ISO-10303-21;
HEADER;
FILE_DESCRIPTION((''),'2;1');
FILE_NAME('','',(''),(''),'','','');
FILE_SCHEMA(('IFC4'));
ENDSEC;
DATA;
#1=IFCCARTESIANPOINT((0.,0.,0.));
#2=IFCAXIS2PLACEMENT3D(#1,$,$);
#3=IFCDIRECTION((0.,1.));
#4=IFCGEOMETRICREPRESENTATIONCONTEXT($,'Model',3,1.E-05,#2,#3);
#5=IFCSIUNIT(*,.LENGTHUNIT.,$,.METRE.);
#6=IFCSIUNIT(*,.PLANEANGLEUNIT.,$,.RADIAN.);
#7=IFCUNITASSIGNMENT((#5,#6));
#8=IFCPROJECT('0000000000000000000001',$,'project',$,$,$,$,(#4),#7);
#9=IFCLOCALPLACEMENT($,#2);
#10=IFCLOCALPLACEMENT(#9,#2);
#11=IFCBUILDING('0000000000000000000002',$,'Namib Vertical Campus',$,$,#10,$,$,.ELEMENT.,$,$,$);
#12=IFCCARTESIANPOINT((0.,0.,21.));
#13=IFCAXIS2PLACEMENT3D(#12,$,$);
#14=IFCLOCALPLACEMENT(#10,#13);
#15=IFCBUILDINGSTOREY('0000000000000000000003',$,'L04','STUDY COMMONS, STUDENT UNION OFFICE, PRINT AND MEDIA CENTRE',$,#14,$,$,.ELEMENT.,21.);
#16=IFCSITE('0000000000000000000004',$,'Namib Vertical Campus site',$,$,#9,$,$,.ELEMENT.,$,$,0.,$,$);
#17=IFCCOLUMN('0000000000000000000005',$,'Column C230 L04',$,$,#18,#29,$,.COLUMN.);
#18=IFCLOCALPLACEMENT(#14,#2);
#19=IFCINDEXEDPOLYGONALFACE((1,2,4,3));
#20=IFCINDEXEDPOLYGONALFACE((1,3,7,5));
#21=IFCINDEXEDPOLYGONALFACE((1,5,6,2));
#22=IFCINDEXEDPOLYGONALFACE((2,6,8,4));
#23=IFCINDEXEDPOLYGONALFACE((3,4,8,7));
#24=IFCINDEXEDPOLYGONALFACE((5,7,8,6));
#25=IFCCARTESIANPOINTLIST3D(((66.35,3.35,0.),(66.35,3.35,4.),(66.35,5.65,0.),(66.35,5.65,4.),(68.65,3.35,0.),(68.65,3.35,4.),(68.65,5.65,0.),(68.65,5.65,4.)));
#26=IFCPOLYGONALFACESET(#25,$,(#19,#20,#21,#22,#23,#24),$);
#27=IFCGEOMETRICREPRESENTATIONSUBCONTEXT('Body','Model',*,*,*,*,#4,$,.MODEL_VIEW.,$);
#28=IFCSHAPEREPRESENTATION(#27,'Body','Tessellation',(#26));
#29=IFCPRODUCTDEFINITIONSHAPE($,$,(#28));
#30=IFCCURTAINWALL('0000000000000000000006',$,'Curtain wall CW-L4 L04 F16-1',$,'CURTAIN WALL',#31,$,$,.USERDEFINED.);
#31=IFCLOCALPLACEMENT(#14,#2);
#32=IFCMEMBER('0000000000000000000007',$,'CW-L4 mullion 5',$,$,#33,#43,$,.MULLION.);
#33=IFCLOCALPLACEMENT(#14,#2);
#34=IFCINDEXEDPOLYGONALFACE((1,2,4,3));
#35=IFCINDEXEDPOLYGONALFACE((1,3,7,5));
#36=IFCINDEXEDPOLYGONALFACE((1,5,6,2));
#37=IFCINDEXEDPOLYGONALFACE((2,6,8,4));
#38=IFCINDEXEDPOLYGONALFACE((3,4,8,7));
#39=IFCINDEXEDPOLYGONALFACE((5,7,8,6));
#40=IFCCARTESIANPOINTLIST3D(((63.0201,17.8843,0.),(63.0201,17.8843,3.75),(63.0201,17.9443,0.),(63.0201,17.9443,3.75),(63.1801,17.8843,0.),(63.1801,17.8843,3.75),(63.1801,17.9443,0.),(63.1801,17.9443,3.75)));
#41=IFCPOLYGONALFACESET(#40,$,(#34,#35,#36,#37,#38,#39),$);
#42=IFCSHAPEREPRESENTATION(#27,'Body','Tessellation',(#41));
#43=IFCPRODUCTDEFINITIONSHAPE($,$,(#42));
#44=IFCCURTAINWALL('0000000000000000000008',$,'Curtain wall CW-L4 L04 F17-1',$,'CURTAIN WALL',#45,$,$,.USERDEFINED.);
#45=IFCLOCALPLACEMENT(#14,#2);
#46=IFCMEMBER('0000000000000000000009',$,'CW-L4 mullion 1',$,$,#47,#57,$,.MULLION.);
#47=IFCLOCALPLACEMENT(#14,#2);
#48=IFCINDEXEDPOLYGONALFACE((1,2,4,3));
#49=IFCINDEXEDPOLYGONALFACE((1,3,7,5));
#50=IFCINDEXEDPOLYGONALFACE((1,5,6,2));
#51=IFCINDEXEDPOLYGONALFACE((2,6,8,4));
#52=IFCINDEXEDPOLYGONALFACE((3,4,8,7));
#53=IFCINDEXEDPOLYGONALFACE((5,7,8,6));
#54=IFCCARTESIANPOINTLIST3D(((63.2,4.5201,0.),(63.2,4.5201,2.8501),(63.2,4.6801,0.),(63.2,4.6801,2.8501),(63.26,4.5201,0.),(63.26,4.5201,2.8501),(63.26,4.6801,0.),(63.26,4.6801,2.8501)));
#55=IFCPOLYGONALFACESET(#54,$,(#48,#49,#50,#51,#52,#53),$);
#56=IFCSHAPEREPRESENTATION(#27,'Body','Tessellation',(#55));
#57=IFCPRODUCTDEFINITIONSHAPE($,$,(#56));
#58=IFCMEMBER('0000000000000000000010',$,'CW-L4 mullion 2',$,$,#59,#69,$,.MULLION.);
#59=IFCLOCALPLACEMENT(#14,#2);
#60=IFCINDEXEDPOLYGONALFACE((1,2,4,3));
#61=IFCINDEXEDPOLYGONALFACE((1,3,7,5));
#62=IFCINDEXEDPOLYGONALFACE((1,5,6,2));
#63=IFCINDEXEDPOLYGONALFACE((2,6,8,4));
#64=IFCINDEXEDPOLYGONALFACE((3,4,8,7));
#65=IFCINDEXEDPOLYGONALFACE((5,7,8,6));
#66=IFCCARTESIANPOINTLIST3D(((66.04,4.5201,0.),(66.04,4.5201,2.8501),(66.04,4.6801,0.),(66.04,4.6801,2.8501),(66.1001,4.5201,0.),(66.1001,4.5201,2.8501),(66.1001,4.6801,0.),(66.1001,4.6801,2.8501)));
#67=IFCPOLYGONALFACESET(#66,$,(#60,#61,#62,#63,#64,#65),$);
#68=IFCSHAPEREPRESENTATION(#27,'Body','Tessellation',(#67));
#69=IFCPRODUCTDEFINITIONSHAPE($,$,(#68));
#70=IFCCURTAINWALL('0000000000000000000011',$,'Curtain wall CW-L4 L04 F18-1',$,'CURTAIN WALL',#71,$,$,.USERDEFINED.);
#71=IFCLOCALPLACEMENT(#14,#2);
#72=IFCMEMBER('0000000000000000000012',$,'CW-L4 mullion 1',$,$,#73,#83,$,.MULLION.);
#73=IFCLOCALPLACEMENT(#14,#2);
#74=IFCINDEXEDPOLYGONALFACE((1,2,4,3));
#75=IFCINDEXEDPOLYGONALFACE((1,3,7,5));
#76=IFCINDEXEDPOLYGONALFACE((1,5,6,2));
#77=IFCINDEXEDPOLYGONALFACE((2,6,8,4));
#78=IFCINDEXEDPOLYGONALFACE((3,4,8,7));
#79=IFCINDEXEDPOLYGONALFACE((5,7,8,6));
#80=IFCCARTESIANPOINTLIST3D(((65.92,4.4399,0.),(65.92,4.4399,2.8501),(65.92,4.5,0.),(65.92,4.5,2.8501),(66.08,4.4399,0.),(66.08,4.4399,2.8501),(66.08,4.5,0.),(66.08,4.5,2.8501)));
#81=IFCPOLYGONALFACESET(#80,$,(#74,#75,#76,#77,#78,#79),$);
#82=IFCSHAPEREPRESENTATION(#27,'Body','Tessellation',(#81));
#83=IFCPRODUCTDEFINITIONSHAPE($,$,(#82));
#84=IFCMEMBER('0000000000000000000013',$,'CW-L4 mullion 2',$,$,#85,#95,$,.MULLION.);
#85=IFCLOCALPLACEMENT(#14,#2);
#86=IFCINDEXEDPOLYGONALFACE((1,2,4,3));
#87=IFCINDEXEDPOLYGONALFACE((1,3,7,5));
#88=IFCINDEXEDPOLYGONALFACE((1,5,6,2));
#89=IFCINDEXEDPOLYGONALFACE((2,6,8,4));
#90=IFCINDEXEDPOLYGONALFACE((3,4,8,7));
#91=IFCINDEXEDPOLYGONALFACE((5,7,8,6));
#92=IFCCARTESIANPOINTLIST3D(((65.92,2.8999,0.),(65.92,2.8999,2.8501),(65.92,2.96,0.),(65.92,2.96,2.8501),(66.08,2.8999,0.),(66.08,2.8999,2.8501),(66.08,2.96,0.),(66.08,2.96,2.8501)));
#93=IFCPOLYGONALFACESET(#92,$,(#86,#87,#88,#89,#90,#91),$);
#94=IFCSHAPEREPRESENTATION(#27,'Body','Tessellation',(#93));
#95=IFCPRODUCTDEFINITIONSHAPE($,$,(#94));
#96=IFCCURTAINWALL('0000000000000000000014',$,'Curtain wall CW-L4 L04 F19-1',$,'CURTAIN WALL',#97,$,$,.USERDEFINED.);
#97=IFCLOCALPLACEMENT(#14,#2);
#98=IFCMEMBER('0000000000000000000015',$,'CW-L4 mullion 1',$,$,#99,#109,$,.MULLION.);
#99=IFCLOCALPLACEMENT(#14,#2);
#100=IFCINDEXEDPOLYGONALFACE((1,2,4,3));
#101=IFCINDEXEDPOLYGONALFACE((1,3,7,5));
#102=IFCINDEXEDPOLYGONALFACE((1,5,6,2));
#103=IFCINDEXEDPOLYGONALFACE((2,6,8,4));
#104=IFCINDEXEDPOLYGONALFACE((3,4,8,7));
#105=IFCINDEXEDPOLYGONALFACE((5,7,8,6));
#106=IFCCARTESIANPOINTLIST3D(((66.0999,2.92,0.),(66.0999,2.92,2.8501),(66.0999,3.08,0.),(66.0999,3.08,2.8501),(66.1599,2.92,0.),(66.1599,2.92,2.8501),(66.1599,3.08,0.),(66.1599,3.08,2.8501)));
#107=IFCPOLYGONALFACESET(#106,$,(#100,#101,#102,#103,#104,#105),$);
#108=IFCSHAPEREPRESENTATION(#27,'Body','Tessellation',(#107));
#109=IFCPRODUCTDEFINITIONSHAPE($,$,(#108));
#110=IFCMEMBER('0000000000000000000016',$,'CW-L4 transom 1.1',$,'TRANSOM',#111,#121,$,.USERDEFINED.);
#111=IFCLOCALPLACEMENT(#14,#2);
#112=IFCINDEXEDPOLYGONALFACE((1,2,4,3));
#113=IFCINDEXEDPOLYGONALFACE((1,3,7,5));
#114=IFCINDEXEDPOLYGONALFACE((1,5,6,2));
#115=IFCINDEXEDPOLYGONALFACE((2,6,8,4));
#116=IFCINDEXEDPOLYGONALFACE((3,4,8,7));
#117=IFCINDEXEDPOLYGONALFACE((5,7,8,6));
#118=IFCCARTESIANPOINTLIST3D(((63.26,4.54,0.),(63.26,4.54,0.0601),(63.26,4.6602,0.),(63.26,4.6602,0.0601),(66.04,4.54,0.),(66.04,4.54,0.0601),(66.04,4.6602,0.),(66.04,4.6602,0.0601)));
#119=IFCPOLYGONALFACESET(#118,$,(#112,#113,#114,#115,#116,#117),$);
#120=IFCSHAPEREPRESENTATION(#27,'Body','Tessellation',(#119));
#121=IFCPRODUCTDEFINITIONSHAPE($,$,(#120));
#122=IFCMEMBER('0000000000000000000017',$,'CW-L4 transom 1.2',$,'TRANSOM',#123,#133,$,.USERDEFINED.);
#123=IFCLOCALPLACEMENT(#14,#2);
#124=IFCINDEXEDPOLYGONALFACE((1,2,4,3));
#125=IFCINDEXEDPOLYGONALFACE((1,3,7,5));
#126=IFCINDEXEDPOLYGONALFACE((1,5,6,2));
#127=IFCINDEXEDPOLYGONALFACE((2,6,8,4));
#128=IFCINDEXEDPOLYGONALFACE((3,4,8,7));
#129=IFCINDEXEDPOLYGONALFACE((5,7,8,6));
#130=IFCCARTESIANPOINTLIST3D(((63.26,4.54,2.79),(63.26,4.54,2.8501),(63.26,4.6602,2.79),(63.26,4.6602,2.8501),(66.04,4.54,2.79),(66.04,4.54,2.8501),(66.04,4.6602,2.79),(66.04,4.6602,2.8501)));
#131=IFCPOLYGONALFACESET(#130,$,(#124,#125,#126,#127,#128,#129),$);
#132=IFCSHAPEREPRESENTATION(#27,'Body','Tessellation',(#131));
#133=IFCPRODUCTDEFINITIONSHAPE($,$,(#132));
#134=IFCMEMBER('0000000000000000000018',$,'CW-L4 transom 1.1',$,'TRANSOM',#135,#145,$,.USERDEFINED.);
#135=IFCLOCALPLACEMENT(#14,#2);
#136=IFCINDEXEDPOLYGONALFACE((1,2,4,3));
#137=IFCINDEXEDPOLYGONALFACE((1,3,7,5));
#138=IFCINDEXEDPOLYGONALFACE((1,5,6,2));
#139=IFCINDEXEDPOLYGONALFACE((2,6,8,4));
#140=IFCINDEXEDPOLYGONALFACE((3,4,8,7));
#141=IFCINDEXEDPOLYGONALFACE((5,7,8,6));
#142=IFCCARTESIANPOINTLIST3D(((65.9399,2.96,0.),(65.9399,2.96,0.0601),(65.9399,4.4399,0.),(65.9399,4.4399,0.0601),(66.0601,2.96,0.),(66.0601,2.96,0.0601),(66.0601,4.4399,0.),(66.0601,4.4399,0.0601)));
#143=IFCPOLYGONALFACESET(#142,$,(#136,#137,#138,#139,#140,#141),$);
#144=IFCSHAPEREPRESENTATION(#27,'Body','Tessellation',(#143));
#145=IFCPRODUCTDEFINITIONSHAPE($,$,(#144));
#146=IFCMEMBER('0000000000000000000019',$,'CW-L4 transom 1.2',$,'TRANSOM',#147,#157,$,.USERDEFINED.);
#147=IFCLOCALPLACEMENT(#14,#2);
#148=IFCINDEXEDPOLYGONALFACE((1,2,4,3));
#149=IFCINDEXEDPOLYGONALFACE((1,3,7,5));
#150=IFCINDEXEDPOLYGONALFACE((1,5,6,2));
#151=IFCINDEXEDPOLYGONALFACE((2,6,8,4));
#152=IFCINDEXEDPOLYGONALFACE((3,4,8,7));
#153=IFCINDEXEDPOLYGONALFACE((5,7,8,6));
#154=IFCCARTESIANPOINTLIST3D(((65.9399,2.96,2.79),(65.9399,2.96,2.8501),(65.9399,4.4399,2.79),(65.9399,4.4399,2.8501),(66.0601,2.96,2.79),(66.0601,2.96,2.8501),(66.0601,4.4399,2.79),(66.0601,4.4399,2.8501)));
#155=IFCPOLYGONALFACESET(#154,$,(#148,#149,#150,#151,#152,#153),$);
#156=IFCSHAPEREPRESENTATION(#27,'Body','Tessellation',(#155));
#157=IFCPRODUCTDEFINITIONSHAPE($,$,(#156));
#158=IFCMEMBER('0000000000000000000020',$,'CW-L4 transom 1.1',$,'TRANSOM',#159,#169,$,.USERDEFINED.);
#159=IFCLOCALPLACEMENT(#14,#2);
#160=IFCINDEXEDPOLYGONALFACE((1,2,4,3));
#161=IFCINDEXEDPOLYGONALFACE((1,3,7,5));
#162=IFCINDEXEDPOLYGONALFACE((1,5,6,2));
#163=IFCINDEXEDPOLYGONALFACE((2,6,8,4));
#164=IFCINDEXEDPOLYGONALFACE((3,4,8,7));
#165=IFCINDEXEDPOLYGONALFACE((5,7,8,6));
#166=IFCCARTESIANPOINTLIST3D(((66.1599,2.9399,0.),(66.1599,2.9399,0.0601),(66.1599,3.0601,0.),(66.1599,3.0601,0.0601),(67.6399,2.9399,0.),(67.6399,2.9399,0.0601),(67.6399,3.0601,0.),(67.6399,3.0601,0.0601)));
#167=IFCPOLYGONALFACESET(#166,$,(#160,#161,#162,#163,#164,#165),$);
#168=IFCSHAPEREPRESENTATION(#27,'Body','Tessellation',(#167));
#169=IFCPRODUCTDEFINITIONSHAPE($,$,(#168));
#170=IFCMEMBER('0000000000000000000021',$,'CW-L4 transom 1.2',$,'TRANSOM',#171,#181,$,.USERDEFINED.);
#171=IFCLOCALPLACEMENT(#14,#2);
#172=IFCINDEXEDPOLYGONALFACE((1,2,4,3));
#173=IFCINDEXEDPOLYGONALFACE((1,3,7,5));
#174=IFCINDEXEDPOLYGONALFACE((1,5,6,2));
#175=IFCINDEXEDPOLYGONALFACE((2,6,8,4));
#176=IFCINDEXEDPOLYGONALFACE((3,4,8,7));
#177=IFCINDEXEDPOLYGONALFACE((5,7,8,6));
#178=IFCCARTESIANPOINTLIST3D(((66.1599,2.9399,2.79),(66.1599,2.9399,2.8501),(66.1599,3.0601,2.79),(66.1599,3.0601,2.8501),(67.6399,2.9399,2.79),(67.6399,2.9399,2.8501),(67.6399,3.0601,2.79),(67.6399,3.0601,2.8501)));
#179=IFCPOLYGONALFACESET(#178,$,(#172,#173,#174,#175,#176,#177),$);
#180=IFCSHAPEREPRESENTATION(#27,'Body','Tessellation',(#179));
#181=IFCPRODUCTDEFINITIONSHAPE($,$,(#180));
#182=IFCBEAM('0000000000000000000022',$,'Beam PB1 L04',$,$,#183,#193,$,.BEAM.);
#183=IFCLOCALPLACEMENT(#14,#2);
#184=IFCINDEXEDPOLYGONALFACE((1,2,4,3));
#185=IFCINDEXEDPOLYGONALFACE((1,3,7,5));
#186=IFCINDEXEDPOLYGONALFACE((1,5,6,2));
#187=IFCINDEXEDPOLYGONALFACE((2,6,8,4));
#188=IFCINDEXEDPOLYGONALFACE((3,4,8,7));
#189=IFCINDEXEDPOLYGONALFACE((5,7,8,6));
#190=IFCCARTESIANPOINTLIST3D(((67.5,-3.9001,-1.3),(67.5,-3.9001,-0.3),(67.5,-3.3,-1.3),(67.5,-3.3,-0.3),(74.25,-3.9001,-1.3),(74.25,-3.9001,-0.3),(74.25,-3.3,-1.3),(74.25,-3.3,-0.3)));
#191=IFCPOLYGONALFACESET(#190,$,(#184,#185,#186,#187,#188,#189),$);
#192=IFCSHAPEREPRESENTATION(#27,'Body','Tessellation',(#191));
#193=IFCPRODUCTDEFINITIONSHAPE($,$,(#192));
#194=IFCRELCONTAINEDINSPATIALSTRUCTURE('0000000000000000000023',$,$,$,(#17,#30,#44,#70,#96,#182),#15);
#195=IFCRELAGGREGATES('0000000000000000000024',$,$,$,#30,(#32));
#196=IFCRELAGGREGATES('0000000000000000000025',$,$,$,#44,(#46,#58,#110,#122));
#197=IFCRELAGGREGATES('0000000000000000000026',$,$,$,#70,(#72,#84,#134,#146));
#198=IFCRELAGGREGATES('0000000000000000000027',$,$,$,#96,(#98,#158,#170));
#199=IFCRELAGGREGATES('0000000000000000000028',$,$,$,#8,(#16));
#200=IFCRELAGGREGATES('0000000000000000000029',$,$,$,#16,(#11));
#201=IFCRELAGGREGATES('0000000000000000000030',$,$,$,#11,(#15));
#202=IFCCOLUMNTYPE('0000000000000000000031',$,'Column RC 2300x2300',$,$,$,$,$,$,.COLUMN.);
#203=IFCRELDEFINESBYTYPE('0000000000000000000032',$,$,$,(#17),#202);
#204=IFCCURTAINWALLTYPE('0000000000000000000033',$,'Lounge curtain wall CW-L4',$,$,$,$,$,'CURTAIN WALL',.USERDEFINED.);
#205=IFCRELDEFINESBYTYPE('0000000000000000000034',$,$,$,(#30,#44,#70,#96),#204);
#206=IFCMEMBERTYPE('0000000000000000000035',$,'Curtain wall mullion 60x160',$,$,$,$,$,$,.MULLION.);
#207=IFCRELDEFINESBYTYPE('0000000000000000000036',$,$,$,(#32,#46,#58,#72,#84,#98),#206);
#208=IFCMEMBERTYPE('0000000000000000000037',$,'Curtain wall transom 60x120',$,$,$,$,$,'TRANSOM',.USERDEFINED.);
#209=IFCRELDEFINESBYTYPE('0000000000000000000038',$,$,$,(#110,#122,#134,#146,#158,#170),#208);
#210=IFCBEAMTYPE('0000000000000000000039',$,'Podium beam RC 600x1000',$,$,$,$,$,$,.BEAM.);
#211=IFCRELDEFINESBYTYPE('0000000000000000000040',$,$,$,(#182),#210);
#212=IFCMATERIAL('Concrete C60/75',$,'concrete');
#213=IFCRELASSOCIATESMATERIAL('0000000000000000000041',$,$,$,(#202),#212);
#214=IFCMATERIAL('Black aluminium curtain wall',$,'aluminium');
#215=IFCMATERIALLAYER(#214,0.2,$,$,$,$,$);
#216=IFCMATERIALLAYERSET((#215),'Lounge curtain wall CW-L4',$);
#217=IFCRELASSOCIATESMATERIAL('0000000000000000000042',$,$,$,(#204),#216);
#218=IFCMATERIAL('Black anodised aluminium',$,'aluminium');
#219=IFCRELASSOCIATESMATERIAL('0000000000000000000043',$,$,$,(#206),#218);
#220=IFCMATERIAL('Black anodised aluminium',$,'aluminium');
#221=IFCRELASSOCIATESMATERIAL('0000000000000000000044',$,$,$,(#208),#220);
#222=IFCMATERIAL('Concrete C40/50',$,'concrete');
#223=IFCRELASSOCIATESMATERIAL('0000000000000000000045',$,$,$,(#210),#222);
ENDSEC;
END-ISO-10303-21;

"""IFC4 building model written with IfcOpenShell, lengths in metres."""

from ifc_helpers import new_model, si_unit, direction, frame, origin, origin_2d, place, context, subcontext, project, spatial, rectangle, extrude, material, layer, layer_set, material_profile, profile_set, type_object, element, aggregate, save


model = new_model("IFC4")

# Units and contexts
model_context = context("Model", 3, precision=1e-05, world=origin(), true_north=direction((0.0, 1.0)))
body_context = subcontext(model_context, "Body", "Model", "MODEL_VIEW")
ifc_project = project(units=[si_unit("LENGTHUNIT", "METRE"), si_unit("PLANEANGLEUNIT", "RADIAN")], contexts=[model_context])

# Site, building, storey
site_placement = place(None, origin())
site = spatial("IfcSite", under=ifc_project, at=site_placement, Name="Namib Vertical Campus site", CompositionType="ELEMENT", RefElevation=0.0)
building_placement = place(site_placement, origin())
building = spatial("IfcBuilding", under=site, at=building_placement, Name="Namib Vertical Campus", CompositionType="ELEMENT")
storey_placement = place(building_placement, frame((0.0, 0.0, 21.0)))
storey = spatial("IfcBuildingStorey", under=building, at=storey_placement, Name="L04", Description="STUDY COMMONS, STUDENT UNION OFFICE, PRINT AND MEDIA CENTRE", CompositionType="ELEMENT", Elevation=21.0)

# Column
ifc_material_1 = material(Name="Concrete C60/75", Category="concrete")
ifc_material_profile_1 = material_profile(ifc_material_1, rectangle(XDim=2.3, YDim=2.3, at=origin_2d()))
ifc_profile_set_1 = profile_set([ifc_material_profile_1], Name="Concrete C60/75")
column_type = type_object("IfcColumnType", Name="Column RC 2300x2300", PredefinedType="COLUMN", material=ifc_profile_set_1)
column_placement = place(storey_placement, frame((67.5, 4.5, 0.0), z_axis=(0.0, 0.0, 1.0), x_axis=(1.0, 0.0, 0.0)))
element("IfcColumn", 1, at=column_placement, inside=storey, type_object=column_type, Name="Column C230 L04", PredefinedType="COLUMN", context=body_context, shape_type="SweptSolid", body=[
    extrude(rectangle(XDim=2.3, YDim=2.3, at=origin_2d()), origin(), (0.0, 0.0, 1.0), 4.0),
])

# Curtain wall, member
ifc_material_2 = material(Name="Black aluminium curtain wall", Category="aluminium")
ifc_layer_1 = layer(ifc_material_2, 0.2)
ifc_layer_set_1 = layer_set([ifc_layer_1], Name="Lounge curtain wall CW-L4")
curtain_wall_type = type_object("IfcCurtainWallType", Name="Lounge curtain wall CW-L4", ElementType="CURTAIN WALL", PredefinedType="USERDEFINED", material=ifc_layer_set_1)
curtain_wall_1_placement = place(storey_placement, origin())
curtain_wall_1 = element("IfcCurtainWall", 2, at=curtain_wall_1_placement, inside=storey, type_object=curtain_wall_type, Name="Curtain wall CW-L4 L04 F16-1", ObjectType="CURTAIN WALL", PredefinedType="USERDEFINED")
ifc_material_3 = material(Name="Black anodised aluminium", Category="aluminium")
ifc_material_profile_2 = material_profile(ifc_material_3, rectangle(XDim=0.0601, YDim=0.1599, at=origin_2d()))
ifc_profile_set_2 = profile_set([ifc_material_profile_2], Name="Black anodised aluminium")
member_type_1 = type_object("IfcMemberType", Name="Curtain wall mullion 60x160", PredefinedType="MULLION", material=ifc_profile_set_2)
member_1_placement = place(storey_placement, frame((63.1001, 17.9143, 0.0), z_axis=(0.0, 0.0, 1.0), x_axis=(0.0, -1.0, 0.0)))
member_1 = element("IfcMember", 3, at=member_1_placement, type_object=member_type_1, Name="CW-L4 mullion 5", PredefinedType="MULLION", context=body_context, shape_type="SweptSolid", body=[
    extrude(rectangle(XDim=0.0601, YDim=0.1599, at=origin_2d()), origin(), (0.0, 0.0, 1.0), 3.75),
])
aggregate(curtain_wall_1, [member_1])

# Curtain walls, members
curtain_wall_2_placement = place(storey_placement, origin())
curtain_wall_2 = element("IfcCurtainWall", 4, at=curtain_wall_2_placement, inside=storey, type_object=curtain_wall_type, Name="Curtain wall CW-L4 L04 F17-1", ObjectType="CURTAIN WALL", PredefinedType="USERDEFINED")
member_2_placement = place(storey_placement, frame((63.23, 4.6001, 0.0), z_axis=(0.0, 0.0, 1.0), x_axis=(1.0, 0.0, 0.0)))
member_2 = element("IfcMember", 5, at=member_2_placement, type_object=member_type_1, Name="CW-L4 mullion 1", PredefinedType="MULLION", context=body_context, shape_type="SweptSolid", body=[
    extrude(rectangle(XDim=0.0601, YDim=0.1599, at=origin_2d()), origin(), (0.0, 0.0, 1.0), 2.8501),
])
member_3_placement = place(storey_placement, frame((66.0701, 4.6001, 0.0), z_axis=(0.0, 0.0, 1.0), x_axis=(1.0, 0.0, 0.0)))
member_3 = element("IfcMember", 6, at=member_3_placement, type_object=member_type_1, Name="CW-L4 mullion 2", PredefinedType="MULLION", context=body_context, shape_type="SweptSolid", body=[
    extrude(rectangle(XDim=0.0601, YDim=0.1599, at=origin_2d()), origin(), (0.0, 0.0, 1.0), 2.8501),
])
curtain_wall_3_placement = place(storey_placement, origin())
curtain_wall_3 = element("IfcCurtainWall", 7, at=curtain_wall_3_placement, inside=storey, type_object=curtain_wall_type, Name="Curtain wall CW-L4 L04 F18-1", ObjectType="CURTAIN WALL", PredefinedType="USERDEFINED")
member_4_placement = place(storey_placement, frame((66.0, 4.47, 0.0), z_axis=(0.0, 0.0, 1.0), x_axis=(0.0, -1.0, 0.0)))
member_4 = element("IfcMember", 8, at=member_4_placement, type_object=member_type_1, Name="CW-L4 mullion 1", PredefinedType="MULLION", context=body_context, shape_type="SweptSolid", body=[
    extrude(rectangle(XDim=0.0601, YDim=0.1599, at=origin_2d()), origin(), (0.0, 0.0, 1.0), 2.8501),
])
member_5_placement = place(storey_placement, frame((66.0, 2.9299, 0.0), z_axis=(0.0, 0.0, 1.0), x_axis=(0.0, -1.0, 0.0)))
member_5 = element("IfcMember", 9, at=member_5_placement, type_object=member_type_1, Name="CW-L4 mullion 2", PredefinedType="MULLION", context=body_context, shape_type="SweptSolid", body=[
    extrude(rectangle(XDim=0.0601, YDim=0.1599, at=origin_2d()), origin(), (0.0, 0.0, 1.0), 2.8501),
])

# Curtain wall, member
curtain_wall_4_placement = place(storey_placement, origin())
curtain_wall_4 = element("IfcCurtainWall", 10, at=curtain_wall_4_placement, inside=storey, type_object=curtain_wall_type, Name="Curtain wall CW-L4 L04 F19-1", ObjectType="CURTAIN WALL", PredefinedType="USERDEFINED")
member_6_placement = place(storey_placement, frame((66.1299, 3.0, 0.0), z_axis=(0.0, 0.0, 1.0), x_axis=(1.0, 0.0, 0.0)))
member_6 = element("IfcMember", 11, at=member_6_placement, type_object=member_type_1, Name="CW-L4 mullion 1", PredefinedType="MULLION", context=body_context, shape_type="SweptSolid", body=[
    extrude(rectangle(XDim=0.0601, YDim=0.1599, at=origin_2d()), origin(), (0.0, 0.0, 1.0), 2.8501),
])

# Members
ifc_material_4 = material(Name="Black anodised aluminium", Category="aluminium")
ifc_material_profile_3 = material_profile(ifc_material_4, rectangle(XDim=0.0601, YDim=0.1201, at=origin_2d()))
ifc_profile_set_3 = profile_set([ifc_material_profile_3], Name="Black anodised aluminium")
member_type_2 = type_object("IfcMemberType", Name="Curtain wall transom 60x120", ElementType="TRANSOM", PredefinedType="USERDEFINED", material=ifc_profile_set_3)
member_7_placement = place(storey_placement, frame((63.26, 4.6001, 0.03), z_axis=(1.0, 0.0, 0.0), x_axis=(0.0, 0.0, 1.0)))
member_7 = element("IfcMember", 12, at=member_7_placement, type_object=member_type_2, Name="CW-L4 transom 1.1", ObjectType="TRANSOM", PredefinedType="USERDEFINED", context=body_context, shape_type="SweptSolid", body=[
    extrude(rectangle(XDim=0.0601, YDim=0.1201, at=origin_2d()), origin(), (0.0, 0.0, 1.0), 2.78),
])
member_8_placement = place(storey_placement, frame((63.26, 4.6001, 2.8201), z_axis=(1.0, 0.0, 0.0), x_axis=(0.0, 0.0, 1.0)))
member_8 = element("IfcMember", 13, at=member_8_placement, type_object=member_type_2, Name="CW-L4 transom 1.2", ObjectType="TRANSOM", PredefinedType="USERDEFINED", context=body_context, shape_type="SweptSolid", body=[
    extrude(rectangle(XDim=0.0601, YDim=0.1201, at=origin_2d()), origin(), (0.0, 0.0, 1.0), 2.78),
])
member_9_placement = place(storey_placement, frame((66.0, 4.4399, 0.03), z_axis=(0.0, -1.0, 0.0), x_axis=(0.0, 0.0, 1.0)))
member_9 = element("IfcMember", 14, at=member_9_placement, type_object=member_type_2, Name="CW-L4 transom 1.1", ObjectType="TRANSOM", PredefinedType="USERDEFINED", context=body_context, shape_type="SweptSolid", body=[
    extrude(rectangle(XDim=0.0601, YDim=0.1201, at=origin_2d()), origin(), (0.0, 0.0, 1.0), 1.48),
])
member_10_placement = place(storey_placement, frame((66.0, 4.4399, 2.8201), z_axis=(0.0, -1.0, 0.0), x_axis=(0.0, 0.0, 1.0)))
member_10 = element("IfcMember", 15, at=member_10_placement, type_object=member_type_2, Name="CW-L4 transom 1.2", ObjectType="TRANSOM", PredefinedType="USERDEFINED", context=body_context, shape_type="SweptSolid", body=[
    extrude(rectangle(XDim=0.0601, YDim=0.1201, at=origin_2d()), origin(), (0.0, 0.0, 1.0), 1.48),
])
member_11_placement = place(storey_placement, frame((66.1599, 3.0, 0.03), z_axis=(1.0, 0.0, 0.0), x_axis=(0.0, 0.0, 1.0)))
member_11 = element("IfcMember", 16, at=member_11_placement, type_object=member_type_2, Name="CW-L4 transom 1.1", ObjectType="TRANSOM", PredefinedType="USERDEFINED", context=body_context, shape_type="SweptSolid", body=[
    extrude(rectangle(XDim=0.0601, YDim=0.1201, at=origin_2d()), origin(), (0.0, 0.0, 1.0), 1.48),
])
member_12_placement = place(storey_placement, frame((66.1599, 3.0, 2.8201), z_axis=(1.0, 0.0, 0.0), x_axis=(0.0, 0.0, 1.0)))
member_12 = element("IfcMember", 17, at=member_12_placement, type_object=member_type_2, Name="CW-L4 transom 1.2", ObjectType="TRANSOM", PredefinedType="USERDEFINED", context=body_context, shape_type="SweptSolid", body=[
    extrude(rectangle(XDim=0.0601, YDim=0.1201, at=origin_2d()), origin(), (0.0, 0.0, 1.0), 1.48),
])

# Beam
ifc_material_5 = material(Name="Concrete C40/50", Category="concrete")
ifc_material_profile_4 = material_profile(ifc_material_5, rectangle(XDim=0.6001, YDim=1.0, at=origin_2d()))
ifc_profile_set_4 = profile_set([ifc_material_profile_4], Name="Concrete C40/50")
beam_type_1 = type_object("IfcBeamType", Name="Podium beam RC 600x1000", PredefinedType="BEAM", material=ifc_profile_set_4)
beam_1_placement = place(storey_placement, frame((67.5, -3.6001, -0.8), z_axis=(1.0, 0.0, 0.0), x_axis=(0.0, 1.0, 0.0)))
element("IfcBeam", 18, at=beam_1_placement, inside=storey, type_object=beam_type_1, Name="Beam PB1 L04", PredefinedType="BEAM", context=body_context, shape_type="SweptSolid", body=[
    extrude(rectangle(XDim=0.6001, YDim=1.0, at=origin_2d()), origin(), (0.0, 0.0, 1.0), 6.75),
])

aggregate(curtain_wall_2, [member_2, member_3, member_7, member_8])
aggregate(curtain_wall_3, [member_4, member_5, member_9, member_10])
aggregate(curtain_wall_4, [member_6, member_11, member_12])

save(model, "model.ifc")
